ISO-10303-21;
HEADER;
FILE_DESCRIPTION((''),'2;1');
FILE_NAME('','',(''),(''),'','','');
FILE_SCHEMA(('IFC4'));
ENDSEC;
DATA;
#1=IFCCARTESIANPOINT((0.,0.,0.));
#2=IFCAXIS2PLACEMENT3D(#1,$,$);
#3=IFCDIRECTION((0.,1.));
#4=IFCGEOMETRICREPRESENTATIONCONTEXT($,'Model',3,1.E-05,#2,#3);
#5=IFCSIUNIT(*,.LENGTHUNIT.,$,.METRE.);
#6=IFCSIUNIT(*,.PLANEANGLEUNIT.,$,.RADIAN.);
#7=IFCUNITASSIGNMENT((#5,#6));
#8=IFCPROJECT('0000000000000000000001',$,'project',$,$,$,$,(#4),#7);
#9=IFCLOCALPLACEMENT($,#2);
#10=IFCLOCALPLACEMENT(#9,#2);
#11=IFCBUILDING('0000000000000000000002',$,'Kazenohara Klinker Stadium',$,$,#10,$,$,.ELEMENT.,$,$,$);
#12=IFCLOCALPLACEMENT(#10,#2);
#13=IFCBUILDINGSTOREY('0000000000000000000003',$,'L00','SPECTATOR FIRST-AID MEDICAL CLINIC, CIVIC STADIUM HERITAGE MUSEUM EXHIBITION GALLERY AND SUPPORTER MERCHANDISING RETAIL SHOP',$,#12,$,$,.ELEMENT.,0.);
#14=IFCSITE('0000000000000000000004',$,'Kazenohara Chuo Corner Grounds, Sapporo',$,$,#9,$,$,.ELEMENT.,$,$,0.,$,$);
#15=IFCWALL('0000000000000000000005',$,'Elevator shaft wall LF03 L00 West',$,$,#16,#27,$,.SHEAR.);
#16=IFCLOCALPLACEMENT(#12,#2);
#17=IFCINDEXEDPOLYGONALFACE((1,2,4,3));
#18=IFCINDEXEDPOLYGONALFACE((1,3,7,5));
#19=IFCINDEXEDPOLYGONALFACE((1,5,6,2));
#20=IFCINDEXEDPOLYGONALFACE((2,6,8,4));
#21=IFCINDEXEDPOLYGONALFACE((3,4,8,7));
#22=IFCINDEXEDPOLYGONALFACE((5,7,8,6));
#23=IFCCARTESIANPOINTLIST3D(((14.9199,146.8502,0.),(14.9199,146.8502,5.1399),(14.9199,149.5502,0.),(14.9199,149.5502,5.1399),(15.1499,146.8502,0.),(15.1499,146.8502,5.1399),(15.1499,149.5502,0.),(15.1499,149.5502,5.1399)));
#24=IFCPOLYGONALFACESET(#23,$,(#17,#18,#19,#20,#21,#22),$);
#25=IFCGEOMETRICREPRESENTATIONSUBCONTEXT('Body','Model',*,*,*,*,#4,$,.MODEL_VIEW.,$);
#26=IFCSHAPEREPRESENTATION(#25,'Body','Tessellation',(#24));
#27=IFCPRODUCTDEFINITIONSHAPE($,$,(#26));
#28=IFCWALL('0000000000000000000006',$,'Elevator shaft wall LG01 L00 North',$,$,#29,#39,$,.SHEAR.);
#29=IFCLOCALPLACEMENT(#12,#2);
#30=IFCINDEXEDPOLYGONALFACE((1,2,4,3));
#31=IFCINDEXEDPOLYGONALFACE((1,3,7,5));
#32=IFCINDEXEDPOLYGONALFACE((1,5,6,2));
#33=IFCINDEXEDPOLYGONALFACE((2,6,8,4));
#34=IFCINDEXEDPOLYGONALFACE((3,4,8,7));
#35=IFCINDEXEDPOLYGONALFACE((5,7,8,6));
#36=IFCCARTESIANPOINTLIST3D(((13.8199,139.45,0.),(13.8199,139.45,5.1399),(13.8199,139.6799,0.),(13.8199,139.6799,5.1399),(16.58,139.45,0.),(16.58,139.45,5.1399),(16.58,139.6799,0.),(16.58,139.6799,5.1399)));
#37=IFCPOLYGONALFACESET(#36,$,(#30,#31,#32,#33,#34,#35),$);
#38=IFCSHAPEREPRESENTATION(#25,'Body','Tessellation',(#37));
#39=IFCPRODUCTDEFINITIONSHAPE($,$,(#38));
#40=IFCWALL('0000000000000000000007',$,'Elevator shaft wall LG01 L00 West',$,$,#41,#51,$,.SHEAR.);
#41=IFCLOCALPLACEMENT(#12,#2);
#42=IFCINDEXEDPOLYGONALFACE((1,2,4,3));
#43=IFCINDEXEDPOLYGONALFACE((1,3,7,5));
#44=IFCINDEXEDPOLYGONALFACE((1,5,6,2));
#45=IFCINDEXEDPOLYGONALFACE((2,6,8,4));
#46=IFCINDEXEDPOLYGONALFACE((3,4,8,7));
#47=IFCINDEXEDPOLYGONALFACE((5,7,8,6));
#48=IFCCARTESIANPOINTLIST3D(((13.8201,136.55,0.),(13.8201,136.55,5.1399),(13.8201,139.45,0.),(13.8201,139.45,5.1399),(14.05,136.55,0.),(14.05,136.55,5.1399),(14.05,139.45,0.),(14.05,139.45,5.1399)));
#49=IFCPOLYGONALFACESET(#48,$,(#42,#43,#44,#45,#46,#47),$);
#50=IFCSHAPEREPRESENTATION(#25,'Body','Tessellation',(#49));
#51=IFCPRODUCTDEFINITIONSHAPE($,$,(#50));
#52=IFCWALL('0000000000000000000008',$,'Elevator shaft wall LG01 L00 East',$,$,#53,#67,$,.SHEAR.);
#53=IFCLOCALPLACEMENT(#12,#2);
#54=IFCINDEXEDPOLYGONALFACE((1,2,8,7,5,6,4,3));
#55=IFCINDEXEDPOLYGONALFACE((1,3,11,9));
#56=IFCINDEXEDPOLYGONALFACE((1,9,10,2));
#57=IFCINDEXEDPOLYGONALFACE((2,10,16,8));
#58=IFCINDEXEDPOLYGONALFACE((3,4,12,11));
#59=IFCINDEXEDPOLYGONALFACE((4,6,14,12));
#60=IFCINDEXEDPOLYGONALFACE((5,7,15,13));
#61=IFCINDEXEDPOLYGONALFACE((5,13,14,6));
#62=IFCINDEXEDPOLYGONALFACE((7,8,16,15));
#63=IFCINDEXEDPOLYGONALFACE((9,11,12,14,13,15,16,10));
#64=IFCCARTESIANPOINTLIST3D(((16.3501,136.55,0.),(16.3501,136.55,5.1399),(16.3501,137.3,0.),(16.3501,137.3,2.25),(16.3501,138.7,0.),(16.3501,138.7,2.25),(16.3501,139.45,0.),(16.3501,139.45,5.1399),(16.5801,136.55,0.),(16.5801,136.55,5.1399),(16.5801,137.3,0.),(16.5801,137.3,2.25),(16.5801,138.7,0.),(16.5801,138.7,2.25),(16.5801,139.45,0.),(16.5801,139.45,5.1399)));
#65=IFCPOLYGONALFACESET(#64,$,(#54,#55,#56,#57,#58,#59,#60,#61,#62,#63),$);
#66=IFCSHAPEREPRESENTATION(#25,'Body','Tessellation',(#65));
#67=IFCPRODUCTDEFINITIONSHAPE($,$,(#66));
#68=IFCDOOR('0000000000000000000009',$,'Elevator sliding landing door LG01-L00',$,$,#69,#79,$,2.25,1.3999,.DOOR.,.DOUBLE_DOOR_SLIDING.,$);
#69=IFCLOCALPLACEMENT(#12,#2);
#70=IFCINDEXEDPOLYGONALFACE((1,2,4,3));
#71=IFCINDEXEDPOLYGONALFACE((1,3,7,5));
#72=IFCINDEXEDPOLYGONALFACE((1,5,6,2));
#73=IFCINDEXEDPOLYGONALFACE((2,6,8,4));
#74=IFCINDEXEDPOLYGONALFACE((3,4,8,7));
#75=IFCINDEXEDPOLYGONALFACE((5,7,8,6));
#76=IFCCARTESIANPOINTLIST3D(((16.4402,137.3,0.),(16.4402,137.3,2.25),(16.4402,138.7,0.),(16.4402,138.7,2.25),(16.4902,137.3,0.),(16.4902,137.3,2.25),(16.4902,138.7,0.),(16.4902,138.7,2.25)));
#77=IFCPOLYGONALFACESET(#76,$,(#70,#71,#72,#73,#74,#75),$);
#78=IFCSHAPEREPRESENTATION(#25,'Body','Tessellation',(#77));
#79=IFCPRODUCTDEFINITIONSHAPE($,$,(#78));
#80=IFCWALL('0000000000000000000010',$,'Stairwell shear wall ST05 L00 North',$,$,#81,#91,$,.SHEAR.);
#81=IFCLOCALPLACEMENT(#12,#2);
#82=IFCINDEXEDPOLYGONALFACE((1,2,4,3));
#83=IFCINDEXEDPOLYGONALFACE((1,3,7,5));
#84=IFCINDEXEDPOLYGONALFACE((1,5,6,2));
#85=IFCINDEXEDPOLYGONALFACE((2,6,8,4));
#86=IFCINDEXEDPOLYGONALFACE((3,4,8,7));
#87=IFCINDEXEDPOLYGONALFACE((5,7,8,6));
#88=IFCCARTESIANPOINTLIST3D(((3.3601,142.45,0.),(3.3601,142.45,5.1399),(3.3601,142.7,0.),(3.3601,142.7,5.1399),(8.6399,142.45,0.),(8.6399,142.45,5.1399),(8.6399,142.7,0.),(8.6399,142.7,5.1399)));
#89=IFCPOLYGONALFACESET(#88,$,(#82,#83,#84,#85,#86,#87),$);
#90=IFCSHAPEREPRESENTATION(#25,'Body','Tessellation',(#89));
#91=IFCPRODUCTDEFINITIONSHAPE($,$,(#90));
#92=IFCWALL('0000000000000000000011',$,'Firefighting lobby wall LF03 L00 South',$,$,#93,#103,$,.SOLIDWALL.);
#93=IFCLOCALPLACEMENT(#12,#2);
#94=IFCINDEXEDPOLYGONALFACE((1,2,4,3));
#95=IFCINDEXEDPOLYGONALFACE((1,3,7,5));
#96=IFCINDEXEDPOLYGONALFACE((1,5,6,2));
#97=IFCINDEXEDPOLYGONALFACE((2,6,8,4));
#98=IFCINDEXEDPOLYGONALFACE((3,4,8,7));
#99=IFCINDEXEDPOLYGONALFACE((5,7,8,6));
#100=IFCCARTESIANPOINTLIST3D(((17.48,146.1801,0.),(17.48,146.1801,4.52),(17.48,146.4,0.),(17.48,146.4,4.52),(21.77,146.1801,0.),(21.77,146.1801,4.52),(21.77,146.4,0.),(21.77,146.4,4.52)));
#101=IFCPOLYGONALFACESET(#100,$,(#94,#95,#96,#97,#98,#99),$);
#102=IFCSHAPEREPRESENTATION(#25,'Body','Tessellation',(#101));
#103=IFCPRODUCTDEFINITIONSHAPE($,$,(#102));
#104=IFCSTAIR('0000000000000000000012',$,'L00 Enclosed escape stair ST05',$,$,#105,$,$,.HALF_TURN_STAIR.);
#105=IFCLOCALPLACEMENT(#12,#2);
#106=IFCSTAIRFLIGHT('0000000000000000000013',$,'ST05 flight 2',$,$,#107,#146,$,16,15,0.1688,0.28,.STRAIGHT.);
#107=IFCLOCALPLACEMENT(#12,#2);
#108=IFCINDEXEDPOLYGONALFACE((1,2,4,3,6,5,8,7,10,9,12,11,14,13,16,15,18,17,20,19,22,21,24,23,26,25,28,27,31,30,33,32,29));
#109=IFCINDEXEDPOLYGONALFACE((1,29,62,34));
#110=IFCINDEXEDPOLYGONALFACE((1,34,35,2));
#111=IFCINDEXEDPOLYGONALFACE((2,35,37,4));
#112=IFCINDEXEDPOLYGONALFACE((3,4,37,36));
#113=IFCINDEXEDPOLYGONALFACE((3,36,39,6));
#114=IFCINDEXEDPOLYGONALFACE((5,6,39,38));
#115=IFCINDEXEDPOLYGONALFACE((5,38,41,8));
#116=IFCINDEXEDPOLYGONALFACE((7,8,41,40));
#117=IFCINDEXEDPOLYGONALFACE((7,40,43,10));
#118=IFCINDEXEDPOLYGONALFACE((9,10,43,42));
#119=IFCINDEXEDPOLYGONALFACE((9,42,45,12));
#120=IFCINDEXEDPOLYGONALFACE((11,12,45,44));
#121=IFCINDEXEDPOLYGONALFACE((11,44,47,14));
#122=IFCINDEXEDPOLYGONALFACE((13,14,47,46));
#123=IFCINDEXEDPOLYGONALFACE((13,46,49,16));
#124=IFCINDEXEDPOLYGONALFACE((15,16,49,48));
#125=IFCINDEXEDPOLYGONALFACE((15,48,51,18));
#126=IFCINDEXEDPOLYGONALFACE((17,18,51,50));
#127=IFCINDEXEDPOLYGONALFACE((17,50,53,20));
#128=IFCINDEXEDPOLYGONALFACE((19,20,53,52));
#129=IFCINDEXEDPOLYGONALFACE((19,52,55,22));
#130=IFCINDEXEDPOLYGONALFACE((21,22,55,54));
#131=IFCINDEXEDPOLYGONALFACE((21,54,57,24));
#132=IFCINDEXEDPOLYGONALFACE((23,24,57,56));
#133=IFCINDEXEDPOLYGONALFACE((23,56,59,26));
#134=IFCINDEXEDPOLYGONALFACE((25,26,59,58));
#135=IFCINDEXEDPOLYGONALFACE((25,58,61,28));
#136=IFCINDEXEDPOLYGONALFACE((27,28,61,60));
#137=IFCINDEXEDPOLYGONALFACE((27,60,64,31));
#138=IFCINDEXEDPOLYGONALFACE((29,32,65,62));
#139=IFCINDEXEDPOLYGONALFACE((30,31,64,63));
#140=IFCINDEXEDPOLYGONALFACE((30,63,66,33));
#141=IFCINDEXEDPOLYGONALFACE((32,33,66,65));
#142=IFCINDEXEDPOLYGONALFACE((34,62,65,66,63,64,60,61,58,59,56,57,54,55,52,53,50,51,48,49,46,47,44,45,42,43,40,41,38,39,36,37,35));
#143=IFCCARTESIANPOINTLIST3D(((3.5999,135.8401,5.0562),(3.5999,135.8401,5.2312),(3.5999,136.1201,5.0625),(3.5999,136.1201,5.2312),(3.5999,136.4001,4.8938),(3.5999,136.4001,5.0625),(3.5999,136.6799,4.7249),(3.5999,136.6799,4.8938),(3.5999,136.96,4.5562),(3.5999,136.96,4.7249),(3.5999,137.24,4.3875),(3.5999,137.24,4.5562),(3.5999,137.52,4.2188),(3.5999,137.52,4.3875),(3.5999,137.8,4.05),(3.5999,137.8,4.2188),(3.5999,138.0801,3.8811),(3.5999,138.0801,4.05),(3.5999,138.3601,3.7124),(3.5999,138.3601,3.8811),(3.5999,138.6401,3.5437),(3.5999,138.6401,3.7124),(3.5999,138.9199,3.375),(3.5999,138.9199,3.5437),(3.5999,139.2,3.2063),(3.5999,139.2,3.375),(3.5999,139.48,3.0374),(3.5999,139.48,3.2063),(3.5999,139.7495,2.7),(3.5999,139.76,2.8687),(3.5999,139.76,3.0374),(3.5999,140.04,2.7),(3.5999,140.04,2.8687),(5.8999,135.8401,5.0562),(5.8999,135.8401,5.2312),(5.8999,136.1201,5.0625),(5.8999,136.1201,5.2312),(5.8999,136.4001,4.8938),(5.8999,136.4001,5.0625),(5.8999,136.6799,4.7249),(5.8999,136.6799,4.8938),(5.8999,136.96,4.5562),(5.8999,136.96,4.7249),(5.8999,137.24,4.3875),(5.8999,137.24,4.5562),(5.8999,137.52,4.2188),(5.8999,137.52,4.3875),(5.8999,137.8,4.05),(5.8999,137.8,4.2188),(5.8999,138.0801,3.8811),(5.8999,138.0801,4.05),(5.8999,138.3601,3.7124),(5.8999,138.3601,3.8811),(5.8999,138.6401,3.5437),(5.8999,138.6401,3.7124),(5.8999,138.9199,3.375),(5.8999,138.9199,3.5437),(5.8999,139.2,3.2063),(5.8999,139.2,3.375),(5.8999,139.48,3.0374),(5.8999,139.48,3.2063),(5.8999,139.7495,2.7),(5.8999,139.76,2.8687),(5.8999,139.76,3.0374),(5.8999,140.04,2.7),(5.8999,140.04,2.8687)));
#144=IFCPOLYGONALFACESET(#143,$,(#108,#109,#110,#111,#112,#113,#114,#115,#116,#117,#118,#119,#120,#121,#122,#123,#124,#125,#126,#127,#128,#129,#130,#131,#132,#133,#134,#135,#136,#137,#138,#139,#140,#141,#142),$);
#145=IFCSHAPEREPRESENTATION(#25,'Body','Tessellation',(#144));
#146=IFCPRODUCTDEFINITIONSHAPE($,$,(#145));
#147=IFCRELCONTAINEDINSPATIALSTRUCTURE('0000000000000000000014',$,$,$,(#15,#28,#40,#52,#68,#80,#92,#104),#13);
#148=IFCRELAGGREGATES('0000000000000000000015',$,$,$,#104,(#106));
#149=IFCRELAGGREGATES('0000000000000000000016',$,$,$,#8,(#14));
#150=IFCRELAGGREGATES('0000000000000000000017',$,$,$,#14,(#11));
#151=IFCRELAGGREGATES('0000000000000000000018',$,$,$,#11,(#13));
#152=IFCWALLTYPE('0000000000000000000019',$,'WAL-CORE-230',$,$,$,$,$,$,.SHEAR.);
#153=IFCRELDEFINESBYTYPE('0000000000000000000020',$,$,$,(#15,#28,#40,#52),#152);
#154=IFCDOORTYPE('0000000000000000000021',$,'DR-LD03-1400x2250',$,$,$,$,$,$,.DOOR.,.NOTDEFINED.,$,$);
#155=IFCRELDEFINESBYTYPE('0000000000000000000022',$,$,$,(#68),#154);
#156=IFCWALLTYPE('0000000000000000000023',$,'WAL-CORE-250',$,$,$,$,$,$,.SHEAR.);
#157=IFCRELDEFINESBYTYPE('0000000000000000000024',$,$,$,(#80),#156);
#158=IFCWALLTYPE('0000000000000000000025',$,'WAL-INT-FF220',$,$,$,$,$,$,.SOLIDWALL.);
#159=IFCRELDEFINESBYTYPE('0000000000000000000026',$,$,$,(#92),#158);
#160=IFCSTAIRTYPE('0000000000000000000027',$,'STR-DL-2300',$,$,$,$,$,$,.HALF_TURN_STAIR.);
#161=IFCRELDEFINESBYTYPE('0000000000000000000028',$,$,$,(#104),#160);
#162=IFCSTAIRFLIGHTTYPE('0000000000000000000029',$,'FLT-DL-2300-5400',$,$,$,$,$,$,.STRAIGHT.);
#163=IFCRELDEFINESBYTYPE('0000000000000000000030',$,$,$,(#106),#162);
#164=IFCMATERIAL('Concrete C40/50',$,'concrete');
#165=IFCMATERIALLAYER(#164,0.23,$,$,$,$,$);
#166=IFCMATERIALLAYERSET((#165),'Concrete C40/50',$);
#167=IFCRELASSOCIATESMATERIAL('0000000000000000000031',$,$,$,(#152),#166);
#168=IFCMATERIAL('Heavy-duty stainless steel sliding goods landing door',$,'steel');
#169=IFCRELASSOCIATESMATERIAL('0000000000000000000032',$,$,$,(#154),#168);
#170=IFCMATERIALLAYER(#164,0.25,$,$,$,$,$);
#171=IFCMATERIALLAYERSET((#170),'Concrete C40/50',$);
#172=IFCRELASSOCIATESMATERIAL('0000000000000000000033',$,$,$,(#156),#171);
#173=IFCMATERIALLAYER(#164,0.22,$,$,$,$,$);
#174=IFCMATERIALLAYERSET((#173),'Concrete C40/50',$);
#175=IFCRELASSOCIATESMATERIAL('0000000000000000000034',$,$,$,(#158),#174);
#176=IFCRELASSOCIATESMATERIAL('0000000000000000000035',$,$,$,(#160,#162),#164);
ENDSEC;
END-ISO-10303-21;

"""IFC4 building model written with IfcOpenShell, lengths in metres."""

from ifc_helpers import new_model, si_unit, direction, frame, frame_2d, origin, place, context, subcontext, project, spatial, polyline, rectangle, outline, extrude, material, layer, layer_set, type_object, element, fill, aggregate, save


model = new_model("IFC4")

# Units and contexts
model_context = context("Model", 3, precision=1e-05, world=origin(), true_north=direction((0.0, 1.0)))
body_context = subcontext(model_context, "Body", "Model", "MODEL_VIEW")
ifc_project = project(units=[si_unit("LENGTHUNIT", "METRE"), si_unit("PLANEANGLEUNIT", "RADIAN")], contexts=[model_context])

# Site, building, storey
site_placement = place(None, origin())
site = spatial("IfcSite", under=ifc_project, at=site_placement, Name="Kazenohara Chuo Corner Grounds, Sapporo", CompositionType="ELEMENT", RefElevation=0.0)
building_placement = place(site_placement, origin())
building = spatial("IfcBuilding", under=site, at=building_placement, Name="Kazenohara Klinker Stadium", CompositionType="ELEMENT")
storey_placement = place(building_placement, origin())
storey = spatial("IfcBuildingStorey", under=building, at=storey_placement, Name="L00", Description="SPECTATOR FIRST-AID MEDICAL CLINIC, CIVIC STADIUM HERITAGE MUSEUM EXHIBITION GALLERY AND SUPPORTER MERCHANDISING RETAIL SHOP", CompositionType="ELEMENT", Elevation=0.0)

# Shared definitions
ifc_material_1 = material(Name="Concrete C40/50", Category="concrete")

# Shared definitions
ifc_layer_1 = layer(ifc_material_1, 0.23)
ifc_layer_set_1 = layer_set([ifc_layer_1], Name="Concrete C40/50")
wall_type_1 = type_object("IfcWallType", Name="WAL-CORE-230", PredefinedType="SHEAR", material=ifc_layer_set_1)

# Wall
wall_1_placement = place(storey_placement, frame((15.0349, 146.8501, 0.0), z_axis=(0.0, 0.0, 1.0), x_axis=(0.0, 1.0, 0.0)))
element("IfcWall", 1, at=wall_1_placement, inside=storey, type_object=wall_type_1, Name="Elevator shaft wall LF03 L00 West", PredefinedType="SHEAR", context=body_context, shape_type="SweptSolid", body=[
    extrude(rectangle(XDim=2.7, YDim=0.23, at=frame_2d((1.3501, 0.0))), origin(), (0.0, 0.0, 1.0), 5.1399),
])

# Walls
wall_2_placement = place(storey_placement, frame((13.8201, 139.5649, 0.0), z_axis=(0.0, 0.0, 1.0), x_axis=(1.0, 0.0, 0.0)))
element("IfcWall", 2, at=wall_2_placement, inside=storey, type_object=wall_type_1, Name="Elevator shaft wall LG01 L00 North", PredefinedType="SHEAR", context=body_context, shape_type="SweptSolid", body=[
    extrude(rectangle(XDim=2.76, YDim=0.23, at=frame_2d((1.3799, 0.0))), origin(), (0.0, 0.0, 1.0), 5.1399),
])
wall_3_placement = place(storey_placement, frame((13.9351, 136.55, 0.0), z_axis=(0.0, 0.0, 1.0), x_axis=(0.0, 1.0, 0.0)))
element("IfcWall", 3, at=wall_3_placement, inside=storey, type_object=wall_type_1, Name="Elevator shaft wall LG01 L00 West", PredefinedType="SHEAR", context=body_context, shape_type="SweptSolid", body=[
    extrude(rectangle(XDim=2.8999, YDim=0.23, at=frame_2d((1.45, 0.0))), origin(), (0.0, 0.0, 1.0), 5.1399),
])

# Wall, opening, door
wall_4_placement = place(storey_placement, frame((16.4651, 136.55, 0.0), z_axis=(0.0, 0.0, 1.0), x_axis=(0.0, 1.0, 0.0)))
wall_4 = element("IfcWall", 4, at=wall_4_placement, inside=storey, type_object=wall_type_1, Name="Elevator shaft wall LG01 L00 East", PredefinedType="SHEAR", context=body_context, shape_type="SweptSolid", body=[
    extrude(rectangle(XDim=2.8999, YDim=0.23, at=frame_2d((1.45, 0.0))), origin(), (0.0, 0.0, 1.0), 5.1399),
])
opening_1_placement = place(wall_4_placement, frame((0.75, 0.0, 0.0)))
opening_1 = element("IfcOpeningElement", 5, at=opening_1_placement, cuts=wall_4, PredefinedType="OPENING", context=body_context, shape_type="SweptSolid", body=[
    extrude(rectangle(XDim=1.3999, YDim=2.25, at=frame_2d((0.7, 1.125))), frame((0.0, 0.125, 0.0), z_axis=(0.0, -1.0, 0.0), x_axis=(1.0, 0.0, 0.0)), (0.0, 0.0, 1.0), 0.25),
])
ifc_material_2 = material(Name="Heavy-duty stainless steel sliding goods landing door", Category="steel")
door_type_1 = type_object("IfcDoorType", Name="DR-LD03-1400x2250", OperationType="NOTDEFINED", PredefinedType="DOOR", material=ifc_material_2)
door_1_placement = place(opening_1_placement, origin())
door_1 = element("IfcDoor", 6, at=door_1_placement, inside=storey, type_object=door_type_1, Name="Elevator sliding landing door LG01-L00", OperationType="DOUBLE_DOOR_SLIDING", OverallHeight=2.25, OverallWidth=1.3999, PredefinedType="DOOR", context=body_context, shape_type="SweptSolid", body=[
    extrude(rectangle(XDim=1.3999, YDim=2.25, at=frame_2d((0.7, 1.125))), frame((0.0, 0.0249, 0.0), z_axis=(0.0, -1.0, 0.0), x_axis=(1.0, 0.0, 0.0)), (0.0, 0.0, 1.0), 0.05),
])
fill(opening_1, door_1)

# Wall
ifc_layer_2 = layer(ifc_material_1, 0.25)
ifc_layer_set_2 = layer_set([ifc_layer_2], Name="Concrete C40/50")
wall_type_2 = type_object("IfcWallType", Name="WAL-CORE-250", PredefinedType="SHEAR", material=ifc_layer_set_2)
wall_5_placement = place(storey_placement, frame((3.3601, 142.575, 0.0), z_axis=(0.0, 0.0, 1.0), x_axis=(1.0, 0.0, 0.0)))
element("IfcWall", 7, at=wall_5_placement, inside=storey, type_object=wall_type_2, Name="Stairwell shear wall ST05 L00 North", PredefinedType="SHEAR", context=body_context, shape_type="SweptSolid", body=[
    extrude(rectangle(XDim=5.2798, YDim=0.25, at=frame_2d((2.6399, 0.0))), origin(), (0.0, 0.0, 1.0), 5.1399),
])

# Wall
ifc_layer_3 = layer(ifc_material_1, 0.22)
ifc_layer_set_3 = layer_set([ifc_layer_3], Name="Concrete C40/50")
wall_type_3 = type_object("IfcWallType", Name="WAL-INT-FF220", PredefinedType="SOLIDWALL", material=ifc_layer_set_3)
wall_6_placement = place(storey_placement, frame((17.48, 146.29, 0.0), z_axis=(0.0, 0.0, 1.0), x_axis=(1.0, 0.0, 0.0)))
element("IfcWall", 8, at=wall_6_placement, inside=storey, type_object=wall_type_3, Name="Firefighting lobby wall LF03 L00 South", PredefinedType="SOLIDWALL", context=body_context, shape_type="SweptSolid", body=[
    extrude(rectangle(XDim=4.29, YDim=0.22, at=frame_2d((2.145, 0.0))), origin(), (0.0, 0.0, 1.0), 4.52),
])

# Stair, stair flight
stair_type_1 = type_object("IfcStairType", Name="STR-DL-2300", PredefinedType="HALF_TURN_STAIR", material=ifc_material_1)
stair_1_placement = place(storey_placement, origin())
stair_1 = element("IfcStair", 9, at=stair_1_placement, inside=storey, type_object=stair_type_1, Name="L00 Enclosed escape stair ST05", PredefinedType="HALF_TURN_STAIR")
stair_flight_type_1 = type_object("IfcStairFlightType", Name="FLT-DL-2300-5400", PredefinedType="STRAIGHT", material=ifc_material_1)
stair_flight_1_placement = place(storey_placement, frame((4.75, 140.04, 2.7), z_axis=(0.0, 0.0, 1.0), x_axis=(0.0, -1.0, 0.0)))
stair_flight_1 = element("IfcStairFlight", 10, at=stair_flight_1_placement, type_object=stair_flight_type_1, Name="ST05 flight 2", NumberOfRisers=16, NumberOfTreads=15, PredefinedType="STRAIGHT", RiserHeight=0.1688, TreadLength=0.28, context=body_context, shape_type="SweptSolid", body=[
    extrude(outline(polyline([(0.0, 0.0), (0.0, 0.1687), (0.28, 0.1687), (0.28, 0.3374), (0.5601, 0.3374), (0.5601, 0.5063), (0.8401, 0.5063), (0.8401, 0.675), (1.1201, 0.675), (1.1201, 0.8438), (1.3999, 0.8438), (1.3999, 1.0125), (1.6799, 1.0125), (1.6799, 1.1812), (1.96, 1.1812), (1.96, 1.3501), (2.24, 1.3501), (2.24, 1.5188), (2.52, 1.5188), (2.52, 1.6875), (2.8, 1.6875), (2.8, 1.8562), (3.0801, 1.8562), (3.0801, 2.0249), (3.3601, 2.0249), (3.3601, 2.1938), (3.6399, 2.1938), (3.6399, 2.3625), (3.9199, 2.3625), (3.9199, 2.5312), (4.2, 2.5312), (4.2, 2.7), (4.2, 2.3562), (0.2905, 0.0), (0.0, 0.0)])), frame((0.0, 1.1499, 0.0), z_axis=(0.0, -1.0, 0.0), x_axis=(1.0, 0.0, 0.0)), (0.0, 0.0, 1.0), 2.3),
])
aggregate(stair_1, [stair_flight_1])

save(model, "model.ifc")
